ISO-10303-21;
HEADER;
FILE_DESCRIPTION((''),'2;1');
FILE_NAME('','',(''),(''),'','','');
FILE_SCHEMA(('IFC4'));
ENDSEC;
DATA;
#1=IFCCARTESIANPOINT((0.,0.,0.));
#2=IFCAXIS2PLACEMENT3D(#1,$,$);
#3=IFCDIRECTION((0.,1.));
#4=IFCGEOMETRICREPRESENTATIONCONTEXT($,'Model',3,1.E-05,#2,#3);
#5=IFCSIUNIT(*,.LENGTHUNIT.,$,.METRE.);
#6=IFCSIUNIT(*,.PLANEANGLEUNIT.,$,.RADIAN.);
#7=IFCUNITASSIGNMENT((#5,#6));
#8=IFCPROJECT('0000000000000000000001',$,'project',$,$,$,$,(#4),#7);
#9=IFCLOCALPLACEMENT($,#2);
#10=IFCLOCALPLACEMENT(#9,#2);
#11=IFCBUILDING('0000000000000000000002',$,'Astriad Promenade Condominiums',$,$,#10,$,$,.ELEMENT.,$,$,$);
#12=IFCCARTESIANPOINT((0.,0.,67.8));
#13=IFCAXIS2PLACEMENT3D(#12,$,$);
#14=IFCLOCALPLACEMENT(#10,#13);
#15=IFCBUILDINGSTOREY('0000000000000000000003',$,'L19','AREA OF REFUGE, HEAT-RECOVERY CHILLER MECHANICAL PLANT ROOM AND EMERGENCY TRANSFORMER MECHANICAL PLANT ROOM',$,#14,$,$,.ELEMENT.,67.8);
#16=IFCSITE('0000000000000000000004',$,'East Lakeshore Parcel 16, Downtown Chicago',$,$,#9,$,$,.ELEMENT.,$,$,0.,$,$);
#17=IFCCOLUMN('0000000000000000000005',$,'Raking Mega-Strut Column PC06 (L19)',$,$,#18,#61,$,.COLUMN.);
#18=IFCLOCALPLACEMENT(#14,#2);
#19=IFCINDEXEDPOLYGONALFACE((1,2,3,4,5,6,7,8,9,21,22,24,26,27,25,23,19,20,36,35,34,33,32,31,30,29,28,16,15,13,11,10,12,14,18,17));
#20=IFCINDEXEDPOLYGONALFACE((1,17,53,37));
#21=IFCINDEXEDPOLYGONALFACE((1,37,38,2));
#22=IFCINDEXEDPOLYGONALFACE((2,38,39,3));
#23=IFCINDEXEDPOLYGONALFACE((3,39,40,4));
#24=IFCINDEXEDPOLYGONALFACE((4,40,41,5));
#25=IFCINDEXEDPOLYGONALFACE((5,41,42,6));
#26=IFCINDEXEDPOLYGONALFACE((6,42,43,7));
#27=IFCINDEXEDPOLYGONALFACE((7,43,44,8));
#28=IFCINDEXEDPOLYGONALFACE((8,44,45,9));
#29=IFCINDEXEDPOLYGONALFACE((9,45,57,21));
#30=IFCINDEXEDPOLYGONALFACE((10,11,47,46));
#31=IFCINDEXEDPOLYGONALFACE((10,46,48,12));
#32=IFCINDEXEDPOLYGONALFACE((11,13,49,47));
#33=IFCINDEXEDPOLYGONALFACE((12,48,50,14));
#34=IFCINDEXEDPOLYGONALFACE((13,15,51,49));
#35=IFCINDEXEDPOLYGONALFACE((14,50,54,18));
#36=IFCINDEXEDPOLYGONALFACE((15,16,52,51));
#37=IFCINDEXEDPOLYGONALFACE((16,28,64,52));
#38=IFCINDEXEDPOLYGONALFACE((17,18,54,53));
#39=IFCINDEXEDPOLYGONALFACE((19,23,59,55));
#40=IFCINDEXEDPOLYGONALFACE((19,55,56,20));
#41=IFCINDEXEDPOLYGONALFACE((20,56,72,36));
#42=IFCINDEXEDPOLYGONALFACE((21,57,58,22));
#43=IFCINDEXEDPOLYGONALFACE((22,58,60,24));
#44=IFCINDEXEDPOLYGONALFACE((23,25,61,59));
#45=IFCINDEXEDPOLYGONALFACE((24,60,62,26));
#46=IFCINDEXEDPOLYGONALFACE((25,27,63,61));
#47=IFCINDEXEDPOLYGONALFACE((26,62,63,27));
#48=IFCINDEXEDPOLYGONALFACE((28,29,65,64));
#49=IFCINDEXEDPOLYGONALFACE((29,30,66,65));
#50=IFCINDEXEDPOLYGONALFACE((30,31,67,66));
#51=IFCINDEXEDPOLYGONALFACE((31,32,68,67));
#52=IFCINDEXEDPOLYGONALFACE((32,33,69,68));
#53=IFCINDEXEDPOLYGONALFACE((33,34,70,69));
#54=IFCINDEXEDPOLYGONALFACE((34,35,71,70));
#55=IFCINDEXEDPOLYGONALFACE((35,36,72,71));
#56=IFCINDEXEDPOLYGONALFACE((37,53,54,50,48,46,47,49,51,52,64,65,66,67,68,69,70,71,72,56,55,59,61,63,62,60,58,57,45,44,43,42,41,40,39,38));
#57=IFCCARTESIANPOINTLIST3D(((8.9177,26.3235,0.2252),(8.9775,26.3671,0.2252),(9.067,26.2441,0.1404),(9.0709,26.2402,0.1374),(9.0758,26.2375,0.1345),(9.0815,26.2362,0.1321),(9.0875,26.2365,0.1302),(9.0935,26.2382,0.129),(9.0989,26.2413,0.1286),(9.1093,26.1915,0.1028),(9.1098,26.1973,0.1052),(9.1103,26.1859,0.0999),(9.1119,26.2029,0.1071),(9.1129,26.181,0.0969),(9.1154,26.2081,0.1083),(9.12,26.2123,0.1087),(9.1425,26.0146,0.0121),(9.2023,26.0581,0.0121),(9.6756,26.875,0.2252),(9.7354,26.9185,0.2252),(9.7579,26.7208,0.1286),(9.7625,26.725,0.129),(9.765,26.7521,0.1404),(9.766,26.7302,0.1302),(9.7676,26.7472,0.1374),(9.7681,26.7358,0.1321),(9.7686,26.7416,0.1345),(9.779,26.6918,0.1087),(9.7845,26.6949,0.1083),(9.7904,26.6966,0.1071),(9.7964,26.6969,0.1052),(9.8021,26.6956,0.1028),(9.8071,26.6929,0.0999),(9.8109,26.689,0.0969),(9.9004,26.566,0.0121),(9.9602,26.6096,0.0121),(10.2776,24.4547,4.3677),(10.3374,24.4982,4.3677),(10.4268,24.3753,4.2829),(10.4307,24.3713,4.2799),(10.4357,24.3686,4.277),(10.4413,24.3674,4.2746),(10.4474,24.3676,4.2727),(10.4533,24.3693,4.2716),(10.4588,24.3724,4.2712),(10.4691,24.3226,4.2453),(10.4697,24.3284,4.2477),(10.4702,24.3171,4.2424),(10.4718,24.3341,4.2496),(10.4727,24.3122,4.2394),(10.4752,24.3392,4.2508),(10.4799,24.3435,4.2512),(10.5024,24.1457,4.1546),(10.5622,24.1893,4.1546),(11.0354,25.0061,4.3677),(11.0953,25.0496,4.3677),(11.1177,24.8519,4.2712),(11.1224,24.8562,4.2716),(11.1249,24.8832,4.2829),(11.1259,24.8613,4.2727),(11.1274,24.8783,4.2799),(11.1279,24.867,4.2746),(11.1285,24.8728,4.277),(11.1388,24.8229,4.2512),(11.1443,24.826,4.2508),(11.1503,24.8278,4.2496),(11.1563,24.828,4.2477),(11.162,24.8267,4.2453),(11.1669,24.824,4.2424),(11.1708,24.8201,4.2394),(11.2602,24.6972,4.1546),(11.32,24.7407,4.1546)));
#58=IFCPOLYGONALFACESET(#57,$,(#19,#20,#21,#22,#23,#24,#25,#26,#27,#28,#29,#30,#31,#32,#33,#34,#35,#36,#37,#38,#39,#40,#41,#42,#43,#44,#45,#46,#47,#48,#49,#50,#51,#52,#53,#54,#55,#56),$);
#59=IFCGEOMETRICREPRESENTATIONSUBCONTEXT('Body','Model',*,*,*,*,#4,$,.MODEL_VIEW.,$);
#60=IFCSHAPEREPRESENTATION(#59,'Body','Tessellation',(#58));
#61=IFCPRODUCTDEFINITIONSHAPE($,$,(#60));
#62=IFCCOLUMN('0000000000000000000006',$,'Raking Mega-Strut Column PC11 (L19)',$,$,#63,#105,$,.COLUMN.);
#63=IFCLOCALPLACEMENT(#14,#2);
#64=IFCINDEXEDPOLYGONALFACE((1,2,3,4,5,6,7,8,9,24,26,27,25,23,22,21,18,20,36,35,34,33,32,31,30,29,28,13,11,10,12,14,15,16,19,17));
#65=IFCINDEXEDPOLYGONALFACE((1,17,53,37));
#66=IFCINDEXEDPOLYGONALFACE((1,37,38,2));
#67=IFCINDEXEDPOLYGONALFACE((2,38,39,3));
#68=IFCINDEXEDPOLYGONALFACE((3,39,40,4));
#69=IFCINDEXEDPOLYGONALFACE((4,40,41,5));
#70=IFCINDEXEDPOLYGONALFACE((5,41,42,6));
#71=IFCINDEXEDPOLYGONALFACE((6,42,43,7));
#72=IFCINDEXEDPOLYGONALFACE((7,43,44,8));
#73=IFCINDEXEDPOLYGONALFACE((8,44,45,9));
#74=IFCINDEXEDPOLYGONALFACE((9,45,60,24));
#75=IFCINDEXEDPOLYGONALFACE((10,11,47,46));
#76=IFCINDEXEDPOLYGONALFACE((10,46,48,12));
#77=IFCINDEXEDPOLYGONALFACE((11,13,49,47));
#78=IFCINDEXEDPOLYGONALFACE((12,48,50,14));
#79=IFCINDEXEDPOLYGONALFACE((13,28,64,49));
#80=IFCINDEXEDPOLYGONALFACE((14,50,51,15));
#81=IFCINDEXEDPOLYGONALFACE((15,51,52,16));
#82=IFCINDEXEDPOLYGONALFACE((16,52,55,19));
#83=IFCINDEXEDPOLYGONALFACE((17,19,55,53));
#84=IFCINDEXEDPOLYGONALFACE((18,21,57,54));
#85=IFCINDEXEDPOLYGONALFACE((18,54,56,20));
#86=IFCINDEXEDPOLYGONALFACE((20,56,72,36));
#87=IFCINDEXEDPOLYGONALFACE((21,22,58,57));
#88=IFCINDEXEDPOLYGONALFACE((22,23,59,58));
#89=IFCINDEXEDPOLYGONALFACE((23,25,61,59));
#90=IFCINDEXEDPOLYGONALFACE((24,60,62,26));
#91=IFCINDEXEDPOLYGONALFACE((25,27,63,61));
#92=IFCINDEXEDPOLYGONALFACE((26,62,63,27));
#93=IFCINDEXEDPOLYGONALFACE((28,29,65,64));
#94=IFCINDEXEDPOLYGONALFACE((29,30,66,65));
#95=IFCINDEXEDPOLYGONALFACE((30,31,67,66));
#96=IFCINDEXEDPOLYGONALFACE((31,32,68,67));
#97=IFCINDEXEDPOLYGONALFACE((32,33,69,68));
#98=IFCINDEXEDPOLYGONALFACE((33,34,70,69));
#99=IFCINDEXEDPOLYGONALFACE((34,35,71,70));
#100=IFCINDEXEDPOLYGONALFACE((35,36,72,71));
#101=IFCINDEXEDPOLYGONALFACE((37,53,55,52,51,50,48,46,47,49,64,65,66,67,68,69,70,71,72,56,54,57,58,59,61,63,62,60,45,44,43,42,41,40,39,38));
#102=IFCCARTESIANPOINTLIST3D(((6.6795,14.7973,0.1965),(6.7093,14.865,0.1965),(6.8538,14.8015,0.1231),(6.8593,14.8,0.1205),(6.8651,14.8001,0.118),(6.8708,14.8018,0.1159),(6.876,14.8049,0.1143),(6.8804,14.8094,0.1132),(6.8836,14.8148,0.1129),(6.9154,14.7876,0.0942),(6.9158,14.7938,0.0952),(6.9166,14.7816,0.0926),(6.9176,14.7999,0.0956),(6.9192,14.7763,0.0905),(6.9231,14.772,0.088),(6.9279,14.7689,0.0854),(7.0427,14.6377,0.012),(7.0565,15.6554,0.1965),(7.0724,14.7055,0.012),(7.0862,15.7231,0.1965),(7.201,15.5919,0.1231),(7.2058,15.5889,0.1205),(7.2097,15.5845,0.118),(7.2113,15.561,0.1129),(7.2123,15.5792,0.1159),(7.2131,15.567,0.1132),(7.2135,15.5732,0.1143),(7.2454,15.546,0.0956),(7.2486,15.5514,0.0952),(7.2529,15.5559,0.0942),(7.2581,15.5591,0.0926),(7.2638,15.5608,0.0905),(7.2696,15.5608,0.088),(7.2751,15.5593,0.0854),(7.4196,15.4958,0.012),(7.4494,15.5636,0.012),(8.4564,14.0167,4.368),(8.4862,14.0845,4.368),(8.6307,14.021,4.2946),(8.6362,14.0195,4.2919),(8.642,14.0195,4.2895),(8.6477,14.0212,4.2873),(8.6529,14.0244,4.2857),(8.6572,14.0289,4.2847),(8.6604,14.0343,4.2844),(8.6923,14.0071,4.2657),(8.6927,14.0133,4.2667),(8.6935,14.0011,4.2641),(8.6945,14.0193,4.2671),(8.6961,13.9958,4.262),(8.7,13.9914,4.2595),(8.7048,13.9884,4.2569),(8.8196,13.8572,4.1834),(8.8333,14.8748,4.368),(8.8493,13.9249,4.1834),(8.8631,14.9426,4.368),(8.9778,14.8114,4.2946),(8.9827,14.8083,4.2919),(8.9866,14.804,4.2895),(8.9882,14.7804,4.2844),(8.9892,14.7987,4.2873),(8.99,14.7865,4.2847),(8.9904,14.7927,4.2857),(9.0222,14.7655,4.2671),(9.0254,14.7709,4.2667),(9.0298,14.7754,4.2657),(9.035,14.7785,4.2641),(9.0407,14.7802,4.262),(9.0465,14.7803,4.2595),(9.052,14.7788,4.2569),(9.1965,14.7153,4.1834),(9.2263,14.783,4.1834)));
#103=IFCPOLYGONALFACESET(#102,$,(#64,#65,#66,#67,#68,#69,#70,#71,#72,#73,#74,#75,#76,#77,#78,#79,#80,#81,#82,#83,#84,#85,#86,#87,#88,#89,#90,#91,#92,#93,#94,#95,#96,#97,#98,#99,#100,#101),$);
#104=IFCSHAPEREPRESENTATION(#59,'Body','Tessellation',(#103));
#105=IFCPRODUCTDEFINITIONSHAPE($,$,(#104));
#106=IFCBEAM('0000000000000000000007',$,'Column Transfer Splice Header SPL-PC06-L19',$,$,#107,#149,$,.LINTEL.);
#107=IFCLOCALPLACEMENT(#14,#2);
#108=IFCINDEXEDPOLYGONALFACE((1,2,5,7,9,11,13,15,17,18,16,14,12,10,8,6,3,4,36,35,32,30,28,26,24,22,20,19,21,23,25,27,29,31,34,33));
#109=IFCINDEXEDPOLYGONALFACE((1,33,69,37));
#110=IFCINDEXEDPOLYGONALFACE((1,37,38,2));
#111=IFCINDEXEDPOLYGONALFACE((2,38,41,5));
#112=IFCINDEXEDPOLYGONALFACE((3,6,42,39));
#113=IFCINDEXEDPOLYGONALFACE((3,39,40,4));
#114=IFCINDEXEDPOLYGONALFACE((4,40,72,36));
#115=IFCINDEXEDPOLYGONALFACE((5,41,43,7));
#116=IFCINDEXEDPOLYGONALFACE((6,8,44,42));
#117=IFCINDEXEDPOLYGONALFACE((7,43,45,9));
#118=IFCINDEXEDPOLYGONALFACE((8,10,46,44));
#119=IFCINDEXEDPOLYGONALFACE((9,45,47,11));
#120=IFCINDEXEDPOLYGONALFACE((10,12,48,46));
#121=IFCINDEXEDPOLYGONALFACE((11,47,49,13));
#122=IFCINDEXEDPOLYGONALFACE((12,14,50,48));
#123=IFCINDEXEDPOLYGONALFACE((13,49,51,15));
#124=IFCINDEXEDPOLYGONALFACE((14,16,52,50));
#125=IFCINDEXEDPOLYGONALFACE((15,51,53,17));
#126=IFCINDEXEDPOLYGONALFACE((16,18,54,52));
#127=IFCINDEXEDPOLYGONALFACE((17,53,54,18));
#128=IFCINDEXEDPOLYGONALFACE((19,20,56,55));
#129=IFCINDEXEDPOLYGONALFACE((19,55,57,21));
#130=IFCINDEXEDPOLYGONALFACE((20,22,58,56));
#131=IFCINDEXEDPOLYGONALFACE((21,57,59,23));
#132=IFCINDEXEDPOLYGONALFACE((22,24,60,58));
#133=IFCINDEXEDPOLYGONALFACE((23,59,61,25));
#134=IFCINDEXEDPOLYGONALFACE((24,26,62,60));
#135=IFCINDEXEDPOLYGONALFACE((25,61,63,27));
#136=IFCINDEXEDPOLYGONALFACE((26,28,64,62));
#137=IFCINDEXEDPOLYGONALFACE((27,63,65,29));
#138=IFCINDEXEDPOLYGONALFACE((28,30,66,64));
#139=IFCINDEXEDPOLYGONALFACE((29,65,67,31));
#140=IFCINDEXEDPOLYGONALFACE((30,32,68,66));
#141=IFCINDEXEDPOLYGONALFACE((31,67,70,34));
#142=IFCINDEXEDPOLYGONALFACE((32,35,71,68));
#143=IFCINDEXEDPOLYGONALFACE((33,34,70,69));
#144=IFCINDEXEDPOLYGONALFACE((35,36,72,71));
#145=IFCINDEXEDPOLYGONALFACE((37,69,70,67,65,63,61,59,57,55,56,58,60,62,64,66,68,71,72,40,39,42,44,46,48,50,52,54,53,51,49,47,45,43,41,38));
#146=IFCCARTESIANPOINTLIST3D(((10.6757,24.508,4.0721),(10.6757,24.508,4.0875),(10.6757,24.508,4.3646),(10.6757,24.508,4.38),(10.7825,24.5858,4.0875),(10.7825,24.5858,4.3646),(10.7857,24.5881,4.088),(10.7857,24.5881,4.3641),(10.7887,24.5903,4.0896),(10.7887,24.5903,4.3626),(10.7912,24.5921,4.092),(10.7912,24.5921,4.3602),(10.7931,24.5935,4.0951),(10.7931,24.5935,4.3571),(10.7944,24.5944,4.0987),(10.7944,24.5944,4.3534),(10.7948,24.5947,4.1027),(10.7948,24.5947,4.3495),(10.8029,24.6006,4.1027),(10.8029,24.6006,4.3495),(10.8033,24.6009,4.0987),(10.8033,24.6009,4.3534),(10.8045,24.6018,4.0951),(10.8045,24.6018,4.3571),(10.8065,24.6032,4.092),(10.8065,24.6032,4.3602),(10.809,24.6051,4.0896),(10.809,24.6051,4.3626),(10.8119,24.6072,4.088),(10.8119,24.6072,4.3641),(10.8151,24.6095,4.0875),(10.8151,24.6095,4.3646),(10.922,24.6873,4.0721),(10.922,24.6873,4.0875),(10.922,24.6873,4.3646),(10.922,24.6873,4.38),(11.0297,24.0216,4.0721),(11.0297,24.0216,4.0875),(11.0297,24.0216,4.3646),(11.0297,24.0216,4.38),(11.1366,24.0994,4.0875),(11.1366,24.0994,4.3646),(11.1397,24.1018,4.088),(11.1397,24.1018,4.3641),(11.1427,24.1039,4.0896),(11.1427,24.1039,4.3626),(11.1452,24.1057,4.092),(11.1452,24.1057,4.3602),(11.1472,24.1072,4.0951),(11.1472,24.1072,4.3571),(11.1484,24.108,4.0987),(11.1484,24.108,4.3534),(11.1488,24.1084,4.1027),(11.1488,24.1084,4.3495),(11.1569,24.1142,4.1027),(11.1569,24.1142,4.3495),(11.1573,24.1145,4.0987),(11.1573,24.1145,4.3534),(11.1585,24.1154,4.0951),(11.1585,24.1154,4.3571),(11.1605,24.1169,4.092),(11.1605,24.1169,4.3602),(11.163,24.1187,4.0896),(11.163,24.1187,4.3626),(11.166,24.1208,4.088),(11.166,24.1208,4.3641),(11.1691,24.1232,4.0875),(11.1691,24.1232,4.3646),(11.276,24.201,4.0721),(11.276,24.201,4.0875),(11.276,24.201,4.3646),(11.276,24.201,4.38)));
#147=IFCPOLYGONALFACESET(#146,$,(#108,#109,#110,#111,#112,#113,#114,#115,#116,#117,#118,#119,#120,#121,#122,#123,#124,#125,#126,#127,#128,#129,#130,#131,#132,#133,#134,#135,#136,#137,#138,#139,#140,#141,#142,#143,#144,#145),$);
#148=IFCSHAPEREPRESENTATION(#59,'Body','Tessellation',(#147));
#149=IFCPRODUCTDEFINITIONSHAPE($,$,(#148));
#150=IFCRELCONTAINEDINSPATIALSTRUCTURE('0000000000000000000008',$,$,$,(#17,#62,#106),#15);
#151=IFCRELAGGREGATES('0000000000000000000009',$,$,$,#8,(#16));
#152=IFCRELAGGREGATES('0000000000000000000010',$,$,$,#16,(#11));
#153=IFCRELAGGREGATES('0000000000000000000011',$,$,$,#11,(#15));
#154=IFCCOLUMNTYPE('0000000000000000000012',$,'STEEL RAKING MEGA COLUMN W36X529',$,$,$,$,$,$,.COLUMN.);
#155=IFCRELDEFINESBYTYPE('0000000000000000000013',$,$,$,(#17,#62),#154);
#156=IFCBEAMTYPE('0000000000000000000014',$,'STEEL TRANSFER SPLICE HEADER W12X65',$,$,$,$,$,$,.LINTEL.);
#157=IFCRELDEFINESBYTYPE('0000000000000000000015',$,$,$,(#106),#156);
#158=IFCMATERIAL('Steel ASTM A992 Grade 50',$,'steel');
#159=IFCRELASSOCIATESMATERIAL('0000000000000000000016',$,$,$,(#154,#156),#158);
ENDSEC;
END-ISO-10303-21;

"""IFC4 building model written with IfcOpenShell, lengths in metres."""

from ifc_helpers import new_model, si_unit, direction, frame, origin, origin_2d, place, context, subcontext, project, spatial, i_section, extrude, source, transform, mapped, material, material_profile, profile_set, type_object, type_shapes, element, save


model = new_model("IFC4")

# Units and contexts
model_context = context("Model", 3, precision=1e-05, world=origin(), true_north=direction((0.0, 1.0)))
body_context = subcontext(model_context, "Body", "Model", "MODEL_VIEW")
ifc_project = project(units=[si_unit("LENGTHUNIT", "METRE"), si_unit("PLANEANGLEUNIT", "RADIAN")], contexts=[model_context])

# Site, building, storey
site_placement = place(None, origin())
site = spatial("IfcSite", under=ifc_project, at=site_placement, Name="East Lakeshore Parcel 16, Downtown Chicago", CompositionType="ELEMENT", RefElevation=0.0)
building_placement = place(site_placement, origin())
building = spatial("IfcBuilding", under=site, at=building_placement, Name="Astriad Promenade Condominiums", CompositionType="ELEMENT")
storey_placement = place(building_placement, frame((0.0, 0.0, 67.8)))
storey = spatial("IfcBuildingStorey", under=building, at=storey_placement, Name="L19", Description="AREA OF REFUGE, HEAT-RECOVERY CHILLER MECHANICAL PLANT ROOM AND EMERGENCY TRANSFORMER MECHANICAL PLANT ROOM", CompositionType="ELEMENT", Elevation=67.8)

# Columns
ifc_material_1 = material(Name="Steel ASTM A992 Grade 50", Category="steel")
ifc_material_profile_1 = material_profile(ifc_material_1, i_section(OverallWidth=0.4375, OverallDepth=1.0112, WebThickness=0.041, FlangeThickness=0.074, FilletRadius=0.0242, at=origin_2d()), Name="W36X529")
ifc_profile_set_1 = profile_set([ifc_material_profile_1], Name="Steel ASTM A992 Grade 50")
column_type = type_object("IfcColumnType", Name="STEEL RAKING MEGA COLUMN W36X529", PredefinedType="COLUMN", material=ifc_profile_set_1)
shared_shape_1 = source(origin(), body_context, "Body", "SweptSolid", [
    extrude(i_section(OverallWidth=0.4375, OverallDepth=1.0112, WebThickness=0.041, FlangeThickness=0.074, FilletRadius=0.0242, at=origin_2d()), origin(), (0.0, 0.0, 1.0), 4.7437),
])
column_1_placement = place(storey_placement, frame((9.439, 26.4666, 0.1187), z_axis=(0.286666, -0.393972, 0.873275), x_axis=(-0.5138, 0.706129, 0.487228)))
element("IfcColumn", 1, at=column_1_placement, inside=storey, type_object=column_type, Name="Raking Mega-Strut Column PC06 (L19)", PredefinedType="COLUMN", context=body_context, shape_type="MappedRepresentation", body=[
    mapped(shared_shape_1, transform((0.0, 0.0, 0.0), scale=1.0)),
])
shared_shape_2 = source(origin(), body_context, "Body", "SweptSolid", [
    extrude(i_section(OverallWidth=0.4375, OverallDepth=1.0112, WebThickness=0.041, FlangeThickness=0.074, FilletRadius=0.0242, at=origin_2d()), origin(), (0.0, 0.0, 1.0), 4.6008),
])
type_shapes(column_type, [shared_shape_1, shared_shape_2])
column_2_placement = place(storey_placement, frame((7.0645, 15.1804, 0.1042), z_axis=(0.38621, -0.16965, 0.906676), x_axis=(-0.830117, 0.364645, 0.421829)))
element("IfcColumn", 2, at=column_2_placement, inside=storey, type_object=column_type, Name="Raking Mega-Strut Column PC11 (L19)", PredefinedType="COLUMN", context=body_context, shape_type="MappedRepresentation", body=[
    mapped(shared_shape_2, transform((0.0, 0.0, 0.0), scale=1.0)),
])

# Beam
ifc_material_profile_2 = material_profile(ifc_material_1, i_section(OverallWidth=0.3047, OverallDepth=0.3079, WebThickness=0.01, FlangeThickness=0.0154, FilletRadius=0.0151, at=origin_2d()), Name="W12X65")
ifc_profile_set_2 = profile_set([ifc_material_profile_2], Name="Steel ASTM A992 Grade 50")
beam_type_1 = type_object("IfcBeamType", Name="STEEL TRANSFER SPLICE HEADER W12X65", PredefinedType="LINTEL", material=ifc_profile_set_2)
shared_shape_3 = source(origin(), body_context, "Body", "SweptSolid", [
    extrude(i_section(OverallWidth=0.3047, OverallDepth=0.3079, WebThickness=0.01, FlangeThickness=0.0154, FilletRadius=0.0151, at=origin_2d()), origin(), (0.0, 0.0, 1.0), 0.6016),
])
type_shapes(beam_type_1, [shared_shape_3])
beam_1_placement = place(storey_placement, frame((10.7988, 24.5977, 4.2261), z_axis=(0.58851, -0.80849, 0.0), x_axis=(0.80849, 0.58851, 0.0)))
element("IfcBeam", 3, at=beam_1_placement, inside=storey, type_object=beam_type_1, Name="Column Transfer Splice Header SPL-PC06-L19", PredefinedType="LINTEL", context=body_context, shape_type="MappedRepresentation", body=[
    mapped(shared_shape_3, transform((0.0, 0.0, 0.0), scale=1.0)),
])

save(model, "model.ifc")
